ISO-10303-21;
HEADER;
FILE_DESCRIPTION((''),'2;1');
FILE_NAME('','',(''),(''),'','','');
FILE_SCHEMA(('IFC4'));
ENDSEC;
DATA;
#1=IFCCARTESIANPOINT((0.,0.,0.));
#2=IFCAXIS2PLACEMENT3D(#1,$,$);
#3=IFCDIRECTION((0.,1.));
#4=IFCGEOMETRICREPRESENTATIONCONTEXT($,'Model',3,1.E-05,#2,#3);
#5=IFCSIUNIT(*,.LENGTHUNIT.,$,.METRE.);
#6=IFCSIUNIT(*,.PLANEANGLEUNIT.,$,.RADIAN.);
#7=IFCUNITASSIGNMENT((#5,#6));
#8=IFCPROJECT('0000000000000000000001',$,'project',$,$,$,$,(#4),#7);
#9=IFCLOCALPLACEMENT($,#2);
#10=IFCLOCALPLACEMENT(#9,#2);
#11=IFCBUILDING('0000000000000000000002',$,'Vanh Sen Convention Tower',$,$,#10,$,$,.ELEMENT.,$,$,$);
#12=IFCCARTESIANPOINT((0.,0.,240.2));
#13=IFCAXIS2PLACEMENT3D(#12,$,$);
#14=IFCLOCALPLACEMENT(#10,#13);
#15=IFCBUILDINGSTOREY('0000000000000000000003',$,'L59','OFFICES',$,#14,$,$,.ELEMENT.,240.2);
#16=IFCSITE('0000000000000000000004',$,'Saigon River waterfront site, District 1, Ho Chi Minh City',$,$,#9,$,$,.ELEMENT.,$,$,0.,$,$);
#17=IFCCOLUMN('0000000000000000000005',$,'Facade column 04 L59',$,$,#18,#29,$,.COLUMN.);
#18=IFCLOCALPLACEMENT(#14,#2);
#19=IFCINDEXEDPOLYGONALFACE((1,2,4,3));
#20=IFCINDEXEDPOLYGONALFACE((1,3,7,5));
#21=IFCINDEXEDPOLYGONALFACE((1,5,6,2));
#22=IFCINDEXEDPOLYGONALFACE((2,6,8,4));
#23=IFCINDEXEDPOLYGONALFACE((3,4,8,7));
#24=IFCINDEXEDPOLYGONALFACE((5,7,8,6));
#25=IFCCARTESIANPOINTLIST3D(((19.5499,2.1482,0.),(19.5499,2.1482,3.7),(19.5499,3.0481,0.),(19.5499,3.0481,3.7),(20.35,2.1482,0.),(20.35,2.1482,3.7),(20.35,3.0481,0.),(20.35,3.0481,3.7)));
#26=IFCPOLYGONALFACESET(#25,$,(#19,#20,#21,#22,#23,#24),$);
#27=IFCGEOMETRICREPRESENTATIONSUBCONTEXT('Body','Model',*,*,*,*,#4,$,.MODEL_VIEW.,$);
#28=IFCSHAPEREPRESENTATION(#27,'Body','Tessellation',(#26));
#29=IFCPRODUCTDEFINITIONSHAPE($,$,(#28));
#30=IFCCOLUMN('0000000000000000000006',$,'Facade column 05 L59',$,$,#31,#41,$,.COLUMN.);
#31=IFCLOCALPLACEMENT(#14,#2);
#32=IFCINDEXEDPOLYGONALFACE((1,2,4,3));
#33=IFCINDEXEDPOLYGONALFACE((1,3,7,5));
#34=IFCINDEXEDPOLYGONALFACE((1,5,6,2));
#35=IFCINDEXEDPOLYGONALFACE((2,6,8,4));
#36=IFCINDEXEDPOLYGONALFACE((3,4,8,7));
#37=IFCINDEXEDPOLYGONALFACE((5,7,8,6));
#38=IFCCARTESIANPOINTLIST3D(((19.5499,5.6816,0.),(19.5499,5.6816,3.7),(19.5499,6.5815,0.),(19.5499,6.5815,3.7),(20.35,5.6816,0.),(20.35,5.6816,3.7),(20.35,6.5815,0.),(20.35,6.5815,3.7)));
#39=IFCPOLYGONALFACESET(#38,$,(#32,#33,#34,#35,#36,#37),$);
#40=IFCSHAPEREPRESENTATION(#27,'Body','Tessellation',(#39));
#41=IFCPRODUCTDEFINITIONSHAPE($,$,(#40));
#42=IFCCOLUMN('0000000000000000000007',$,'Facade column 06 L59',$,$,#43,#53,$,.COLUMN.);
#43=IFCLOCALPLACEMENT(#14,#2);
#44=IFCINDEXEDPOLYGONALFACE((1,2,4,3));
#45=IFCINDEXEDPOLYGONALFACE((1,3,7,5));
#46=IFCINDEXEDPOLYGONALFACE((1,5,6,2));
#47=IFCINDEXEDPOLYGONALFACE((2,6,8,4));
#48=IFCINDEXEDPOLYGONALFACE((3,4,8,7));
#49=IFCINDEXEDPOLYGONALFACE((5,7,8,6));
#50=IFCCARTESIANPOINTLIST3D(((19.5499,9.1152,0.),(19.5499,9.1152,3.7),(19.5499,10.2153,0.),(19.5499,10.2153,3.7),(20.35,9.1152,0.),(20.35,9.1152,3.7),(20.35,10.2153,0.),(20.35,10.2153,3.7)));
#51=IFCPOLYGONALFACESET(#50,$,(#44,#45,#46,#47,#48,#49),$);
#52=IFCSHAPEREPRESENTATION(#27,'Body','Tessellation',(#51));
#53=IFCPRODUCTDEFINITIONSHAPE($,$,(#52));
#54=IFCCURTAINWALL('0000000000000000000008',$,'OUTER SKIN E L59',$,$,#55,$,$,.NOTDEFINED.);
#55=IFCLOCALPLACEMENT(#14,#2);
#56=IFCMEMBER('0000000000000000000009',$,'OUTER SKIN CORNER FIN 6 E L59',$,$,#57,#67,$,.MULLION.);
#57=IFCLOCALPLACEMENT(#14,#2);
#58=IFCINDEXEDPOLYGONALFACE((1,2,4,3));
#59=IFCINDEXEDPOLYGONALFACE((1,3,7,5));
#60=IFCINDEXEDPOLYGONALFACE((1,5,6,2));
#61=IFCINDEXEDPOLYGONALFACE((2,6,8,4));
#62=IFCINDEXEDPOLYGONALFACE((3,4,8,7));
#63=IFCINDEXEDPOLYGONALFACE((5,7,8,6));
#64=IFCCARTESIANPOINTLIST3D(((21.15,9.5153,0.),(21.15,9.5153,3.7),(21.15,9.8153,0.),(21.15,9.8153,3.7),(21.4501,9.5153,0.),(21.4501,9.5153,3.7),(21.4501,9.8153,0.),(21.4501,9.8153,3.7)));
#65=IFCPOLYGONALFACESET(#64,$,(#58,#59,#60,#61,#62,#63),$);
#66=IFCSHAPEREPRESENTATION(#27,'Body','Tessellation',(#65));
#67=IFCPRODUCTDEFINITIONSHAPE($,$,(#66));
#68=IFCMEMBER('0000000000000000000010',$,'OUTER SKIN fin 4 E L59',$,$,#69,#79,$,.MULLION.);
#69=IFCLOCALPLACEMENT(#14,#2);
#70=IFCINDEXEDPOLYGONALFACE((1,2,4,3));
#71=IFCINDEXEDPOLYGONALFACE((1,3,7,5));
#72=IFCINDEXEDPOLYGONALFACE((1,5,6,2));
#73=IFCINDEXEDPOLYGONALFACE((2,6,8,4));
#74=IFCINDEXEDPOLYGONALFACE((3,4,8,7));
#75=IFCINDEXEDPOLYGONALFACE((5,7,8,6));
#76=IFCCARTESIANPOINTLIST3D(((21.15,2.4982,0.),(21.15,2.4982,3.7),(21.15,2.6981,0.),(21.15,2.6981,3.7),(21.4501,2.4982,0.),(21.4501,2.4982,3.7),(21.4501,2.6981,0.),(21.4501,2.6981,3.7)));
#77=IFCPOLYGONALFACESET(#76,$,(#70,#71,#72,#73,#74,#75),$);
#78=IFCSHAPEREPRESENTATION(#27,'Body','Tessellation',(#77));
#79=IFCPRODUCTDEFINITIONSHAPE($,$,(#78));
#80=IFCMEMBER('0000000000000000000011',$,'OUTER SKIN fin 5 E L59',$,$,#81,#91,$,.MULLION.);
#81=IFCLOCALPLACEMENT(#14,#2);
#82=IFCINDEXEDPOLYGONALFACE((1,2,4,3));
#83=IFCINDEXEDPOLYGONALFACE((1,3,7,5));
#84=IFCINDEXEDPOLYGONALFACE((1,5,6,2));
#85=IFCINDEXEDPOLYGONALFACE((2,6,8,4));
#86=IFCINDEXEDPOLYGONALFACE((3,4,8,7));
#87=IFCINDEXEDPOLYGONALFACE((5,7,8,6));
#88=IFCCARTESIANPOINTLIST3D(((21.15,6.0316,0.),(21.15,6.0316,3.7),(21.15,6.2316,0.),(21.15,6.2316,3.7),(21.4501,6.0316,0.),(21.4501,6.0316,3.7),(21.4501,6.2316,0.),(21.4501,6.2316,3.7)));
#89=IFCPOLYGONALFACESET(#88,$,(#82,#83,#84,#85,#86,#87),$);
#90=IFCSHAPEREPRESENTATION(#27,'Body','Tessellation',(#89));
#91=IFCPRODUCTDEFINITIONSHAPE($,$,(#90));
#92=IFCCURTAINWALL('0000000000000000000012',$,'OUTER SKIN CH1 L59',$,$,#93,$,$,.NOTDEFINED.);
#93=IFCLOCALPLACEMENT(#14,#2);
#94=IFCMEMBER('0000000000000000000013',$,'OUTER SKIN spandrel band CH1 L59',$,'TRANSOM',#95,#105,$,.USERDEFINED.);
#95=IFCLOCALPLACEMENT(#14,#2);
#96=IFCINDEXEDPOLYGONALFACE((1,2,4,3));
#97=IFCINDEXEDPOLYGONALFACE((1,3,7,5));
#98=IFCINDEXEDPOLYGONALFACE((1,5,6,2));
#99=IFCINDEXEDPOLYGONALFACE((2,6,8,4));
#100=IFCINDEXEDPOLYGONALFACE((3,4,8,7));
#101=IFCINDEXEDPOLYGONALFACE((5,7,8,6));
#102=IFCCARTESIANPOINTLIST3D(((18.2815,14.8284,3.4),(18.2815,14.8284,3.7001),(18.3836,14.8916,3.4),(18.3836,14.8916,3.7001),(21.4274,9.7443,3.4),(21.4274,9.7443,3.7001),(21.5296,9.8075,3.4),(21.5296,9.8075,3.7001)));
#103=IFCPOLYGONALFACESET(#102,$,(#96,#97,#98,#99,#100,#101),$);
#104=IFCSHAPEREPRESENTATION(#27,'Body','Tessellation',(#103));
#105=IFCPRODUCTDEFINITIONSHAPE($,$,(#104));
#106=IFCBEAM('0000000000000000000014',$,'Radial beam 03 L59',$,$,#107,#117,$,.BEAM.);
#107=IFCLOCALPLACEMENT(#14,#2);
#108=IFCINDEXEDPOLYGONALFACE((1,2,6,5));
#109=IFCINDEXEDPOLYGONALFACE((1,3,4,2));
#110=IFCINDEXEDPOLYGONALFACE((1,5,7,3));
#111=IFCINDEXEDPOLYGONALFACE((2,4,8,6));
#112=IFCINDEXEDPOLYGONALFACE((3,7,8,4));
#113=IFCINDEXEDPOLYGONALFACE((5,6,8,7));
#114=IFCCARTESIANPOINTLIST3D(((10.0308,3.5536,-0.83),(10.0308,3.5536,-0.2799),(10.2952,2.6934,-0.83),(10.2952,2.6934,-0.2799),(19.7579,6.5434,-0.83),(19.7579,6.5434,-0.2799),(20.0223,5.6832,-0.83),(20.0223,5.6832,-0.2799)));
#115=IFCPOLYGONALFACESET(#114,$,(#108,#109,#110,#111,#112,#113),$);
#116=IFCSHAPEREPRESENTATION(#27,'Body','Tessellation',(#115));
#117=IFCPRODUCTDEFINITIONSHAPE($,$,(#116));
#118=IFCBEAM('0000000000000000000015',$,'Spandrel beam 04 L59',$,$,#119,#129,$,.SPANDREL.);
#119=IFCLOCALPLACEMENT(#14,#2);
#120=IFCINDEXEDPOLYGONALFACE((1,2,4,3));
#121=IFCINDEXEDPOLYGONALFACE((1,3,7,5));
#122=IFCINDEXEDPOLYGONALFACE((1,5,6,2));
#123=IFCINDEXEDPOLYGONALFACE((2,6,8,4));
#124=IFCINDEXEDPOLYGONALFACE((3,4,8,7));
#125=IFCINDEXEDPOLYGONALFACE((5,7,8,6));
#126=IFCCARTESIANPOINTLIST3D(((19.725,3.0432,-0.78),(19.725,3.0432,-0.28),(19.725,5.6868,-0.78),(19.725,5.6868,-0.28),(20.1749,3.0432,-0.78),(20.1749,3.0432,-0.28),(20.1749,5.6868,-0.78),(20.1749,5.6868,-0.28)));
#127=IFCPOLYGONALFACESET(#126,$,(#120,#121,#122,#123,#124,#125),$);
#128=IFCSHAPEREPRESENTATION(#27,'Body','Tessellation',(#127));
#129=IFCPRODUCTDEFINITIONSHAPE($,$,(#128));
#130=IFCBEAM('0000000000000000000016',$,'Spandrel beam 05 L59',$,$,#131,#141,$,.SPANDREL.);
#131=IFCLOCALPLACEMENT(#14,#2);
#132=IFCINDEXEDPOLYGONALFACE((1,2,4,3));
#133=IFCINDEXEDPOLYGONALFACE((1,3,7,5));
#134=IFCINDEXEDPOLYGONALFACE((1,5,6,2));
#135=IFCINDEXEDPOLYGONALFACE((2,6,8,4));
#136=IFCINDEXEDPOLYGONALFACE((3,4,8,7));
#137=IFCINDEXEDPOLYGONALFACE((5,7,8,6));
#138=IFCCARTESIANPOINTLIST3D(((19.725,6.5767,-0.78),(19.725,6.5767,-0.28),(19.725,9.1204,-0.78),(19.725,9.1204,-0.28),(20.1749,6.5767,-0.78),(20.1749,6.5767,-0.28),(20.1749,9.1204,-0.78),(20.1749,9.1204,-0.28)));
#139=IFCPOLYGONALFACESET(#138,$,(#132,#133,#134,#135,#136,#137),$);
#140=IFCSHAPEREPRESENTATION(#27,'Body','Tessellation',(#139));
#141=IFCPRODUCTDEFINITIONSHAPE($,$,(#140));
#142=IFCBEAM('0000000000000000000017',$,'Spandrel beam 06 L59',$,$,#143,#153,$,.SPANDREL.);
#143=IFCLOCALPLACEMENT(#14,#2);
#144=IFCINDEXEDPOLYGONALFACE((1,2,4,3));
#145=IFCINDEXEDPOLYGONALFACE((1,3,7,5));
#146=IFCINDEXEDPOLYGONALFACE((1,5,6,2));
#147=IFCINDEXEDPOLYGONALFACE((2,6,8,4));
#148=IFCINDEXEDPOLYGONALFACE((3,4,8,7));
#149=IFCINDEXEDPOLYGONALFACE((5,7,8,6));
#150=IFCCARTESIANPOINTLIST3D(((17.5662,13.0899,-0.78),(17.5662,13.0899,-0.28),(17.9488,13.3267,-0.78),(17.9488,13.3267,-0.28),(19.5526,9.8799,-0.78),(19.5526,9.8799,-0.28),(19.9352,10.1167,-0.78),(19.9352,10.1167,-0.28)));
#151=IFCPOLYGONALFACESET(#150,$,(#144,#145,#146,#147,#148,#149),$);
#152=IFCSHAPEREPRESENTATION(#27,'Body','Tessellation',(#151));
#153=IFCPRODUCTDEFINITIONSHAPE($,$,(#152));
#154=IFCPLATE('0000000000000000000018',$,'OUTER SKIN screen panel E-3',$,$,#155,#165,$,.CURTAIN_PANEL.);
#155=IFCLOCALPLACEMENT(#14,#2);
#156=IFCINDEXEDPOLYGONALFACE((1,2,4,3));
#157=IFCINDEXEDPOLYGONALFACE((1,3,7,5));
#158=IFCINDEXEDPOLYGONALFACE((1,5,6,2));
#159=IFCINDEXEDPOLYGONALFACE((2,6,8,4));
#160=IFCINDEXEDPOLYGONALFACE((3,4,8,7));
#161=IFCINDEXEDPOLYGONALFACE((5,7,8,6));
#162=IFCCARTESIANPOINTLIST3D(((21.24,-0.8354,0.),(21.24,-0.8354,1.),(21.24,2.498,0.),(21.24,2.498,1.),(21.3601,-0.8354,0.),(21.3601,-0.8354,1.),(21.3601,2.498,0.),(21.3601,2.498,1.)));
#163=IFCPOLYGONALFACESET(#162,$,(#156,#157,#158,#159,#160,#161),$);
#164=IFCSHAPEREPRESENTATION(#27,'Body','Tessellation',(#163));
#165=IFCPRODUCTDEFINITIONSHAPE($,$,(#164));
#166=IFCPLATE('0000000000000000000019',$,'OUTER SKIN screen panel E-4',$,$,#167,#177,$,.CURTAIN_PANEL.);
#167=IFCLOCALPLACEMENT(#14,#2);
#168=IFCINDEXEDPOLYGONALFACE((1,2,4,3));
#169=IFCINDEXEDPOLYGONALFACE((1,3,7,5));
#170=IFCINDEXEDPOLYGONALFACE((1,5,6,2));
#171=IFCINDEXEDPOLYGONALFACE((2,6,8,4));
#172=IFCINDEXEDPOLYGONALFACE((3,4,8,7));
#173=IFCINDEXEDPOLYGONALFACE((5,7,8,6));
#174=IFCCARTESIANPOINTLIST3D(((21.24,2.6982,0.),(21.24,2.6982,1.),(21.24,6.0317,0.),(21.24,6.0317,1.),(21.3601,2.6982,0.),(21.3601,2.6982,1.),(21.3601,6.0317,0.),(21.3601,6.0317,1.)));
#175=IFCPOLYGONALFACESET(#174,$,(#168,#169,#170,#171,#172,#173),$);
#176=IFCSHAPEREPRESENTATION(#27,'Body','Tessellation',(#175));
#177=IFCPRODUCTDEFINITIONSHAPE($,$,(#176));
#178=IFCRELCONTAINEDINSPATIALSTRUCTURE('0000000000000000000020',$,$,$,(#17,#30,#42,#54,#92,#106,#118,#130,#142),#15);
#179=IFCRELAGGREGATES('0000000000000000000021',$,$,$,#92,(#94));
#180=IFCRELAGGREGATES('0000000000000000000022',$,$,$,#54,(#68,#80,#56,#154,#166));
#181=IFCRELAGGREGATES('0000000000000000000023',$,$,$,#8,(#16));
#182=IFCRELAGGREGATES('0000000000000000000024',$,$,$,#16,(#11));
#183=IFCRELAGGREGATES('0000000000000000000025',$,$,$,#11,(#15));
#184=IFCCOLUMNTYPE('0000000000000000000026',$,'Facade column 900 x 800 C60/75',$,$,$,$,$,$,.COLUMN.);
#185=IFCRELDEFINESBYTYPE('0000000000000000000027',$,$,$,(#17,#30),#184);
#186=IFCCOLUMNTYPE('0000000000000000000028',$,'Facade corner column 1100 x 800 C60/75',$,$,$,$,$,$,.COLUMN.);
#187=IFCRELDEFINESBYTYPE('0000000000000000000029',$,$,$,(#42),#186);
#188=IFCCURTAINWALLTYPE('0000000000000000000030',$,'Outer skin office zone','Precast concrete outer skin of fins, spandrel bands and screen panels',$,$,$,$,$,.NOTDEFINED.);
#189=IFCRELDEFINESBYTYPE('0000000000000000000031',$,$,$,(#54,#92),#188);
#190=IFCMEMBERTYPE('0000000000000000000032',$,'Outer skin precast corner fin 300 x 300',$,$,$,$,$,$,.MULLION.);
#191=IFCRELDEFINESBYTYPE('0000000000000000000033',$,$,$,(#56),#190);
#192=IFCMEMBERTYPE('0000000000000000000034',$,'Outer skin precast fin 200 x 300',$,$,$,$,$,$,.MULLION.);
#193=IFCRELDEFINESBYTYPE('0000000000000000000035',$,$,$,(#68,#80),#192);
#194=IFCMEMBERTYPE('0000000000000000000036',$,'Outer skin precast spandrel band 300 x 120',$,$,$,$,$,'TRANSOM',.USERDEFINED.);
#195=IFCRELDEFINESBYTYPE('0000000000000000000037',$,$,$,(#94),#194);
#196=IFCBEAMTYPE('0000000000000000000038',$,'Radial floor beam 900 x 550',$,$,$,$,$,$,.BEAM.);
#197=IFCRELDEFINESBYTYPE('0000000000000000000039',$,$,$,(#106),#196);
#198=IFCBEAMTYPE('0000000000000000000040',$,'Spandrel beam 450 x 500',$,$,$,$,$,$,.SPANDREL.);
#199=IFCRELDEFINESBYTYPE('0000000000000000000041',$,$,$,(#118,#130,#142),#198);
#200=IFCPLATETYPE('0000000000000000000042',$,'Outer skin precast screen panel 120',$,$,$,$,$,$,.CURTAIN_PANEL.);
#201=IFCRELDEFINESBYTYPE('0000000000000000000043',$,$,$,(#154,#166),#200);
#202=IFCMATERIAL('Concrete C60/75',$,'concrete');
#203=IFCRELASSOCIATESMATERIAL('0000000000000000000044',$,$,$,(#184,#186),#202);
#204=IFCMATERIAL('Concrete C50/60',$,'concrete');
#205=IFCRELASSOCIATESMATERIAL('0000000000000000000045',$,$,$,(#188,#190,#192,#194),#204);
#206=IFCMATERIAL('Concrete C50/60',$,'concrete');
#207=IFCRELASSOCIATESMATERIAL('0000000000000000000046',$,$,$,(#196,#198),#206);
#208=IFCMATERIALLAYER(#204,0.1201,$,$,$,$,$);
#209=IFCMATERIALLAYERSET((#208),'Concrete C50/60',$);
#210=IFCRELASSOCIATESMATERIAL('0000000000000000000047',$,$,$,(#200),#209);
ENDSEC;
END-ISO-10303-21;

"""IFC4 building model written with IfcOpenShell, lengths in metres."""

from ifc_helpers import new_model, si_unit, direction, frame, origin, origin_2d, place, context, subcontext, project, spatial, rectangle, extrude, material, layer, layer_set, material_profile, profile_set, type_object, element, aggregate, save


model = new_model("IFC4")

# Units and contexts
model_context = context("Model", 3, precision=1e-05, world=origin(), true_north=direction((0.0, 1.0)))
body_context = subcontext(model_context, "Body", "Model", "MODEL_VIEW")
ifc_project = project(units=[si_unit("LENGTHUNIT", "METRE"), si_unit("PLANEANGLEUNIT", "RADIAN")], contexts=[model_context])

# Site, building, storey
site_placement = place(None, origin())
site = spatial("IfcSite", under=ifc_project, at=site_placement, Name="Saigon River waterfront site, District 1, Ho Chi Minh City", CompositionType="ELEMENT", RefElevation=0.0)
building_placement = place(site_placement, origin())
building = spatial("IfcBuilding", under=site, at=building_placement, Name="Vanh Sen Convention Tower", CompositionType="ELEMENT")
storey_placement = place(building_placement, frame((0.0, 0.0, 240.2)))
storey = spatial("IfcBuildingStorey", under=building, at=storey_placement, Name="L59", Description="OFFICES", CompositionType="ELEMENT", Elevation=240.2)

# Columns
ifc_material_1 = material(Name="Concrete C60/75", Category="concrete")
ifc_material_profile_1 = material_profile(ifc_material_1, rectangle(XDim=0.8999, YDim=0.8, at=origin_2d()), Name="RC 900X800")
ifc_profile_set_1 = profile_set([ifc_material_profile_1], Name="Concrete C60/75")
column_type_1 = type_object("IfcColumnType", Name="Facade column 900 x 800 C60/75", PredefinedType="COLUMN", material=ifc_profile_set_1)
for number, where, z_axis, x_axis, name in (
    (1, (19.95, 2.5981, 0.0), (0.0, 0.0, 1.0), (0.0, 1.0, 0.0), "Facade column 04 L59"),
    (2, (19.95, 6.1316, 0.0), (0.0, 0.0, 1.0), (0.0, 1.0, 0.0), "Facade column 05 L59"),
):
    element("IfcColumn", number, at=place(storey_placement, frame(where, z_axis=z_axis, x_axis=x_axis)), inside=storey, type_object=column_type_1, Name=name, PredefinedType="COLUMN", context=body_context, shape_type="SweptSolid", body=[
        extrude(rectangle(XDim=0.8999, YDim=0.8, at=origin_2d()), origin(), (0.0, 0.0, 1.0), 3.7),
    ])
ifc_material_profile_2 = material_profile(ifc_material_1, rectangle(XDim=1.1001, YDim=0.8, at=origin_2d()), Name="RC 1100X800")
ifc_profile_set_2 = profile_set([ifc_material_profile_2], Name="Concrete C60/75")
column_type_2 = type_object("IfcColumnType", Name="Facade corner column 1100 x 800 C60/75", PredefinedType="COLUMN", material=ifc_profile_set_2)
column_placement = place(storey_placement, frame((19.95, 9.6653, 0.0), z_axis=(0.0, 0.0, 1.0), x_axis=(0.0, 1.0, 0.0)))
element("IfcColumn", 3, at=column_placement, inside=storey, type_object=column_type_2, Name="Facade column 06 L59", PredefinedType="COLUMN", context=body_context, shape_type="SweptSolid", body=[
    extrude(rectangle(XDim=1.1001, YDim=0.8, at=origin_2d()), origin(), (0.0, 0.0, 1.0), 3.7),
])

# Curtain wall, members
ifc_material_2 = material(Name="Concrete C50/60", Category="concrete")
curtain_wall_type = type_object("IfcCurtainWallType", Name="Outer skin office zone", Description="Precast concrete outer skin of fins, spandrel bands and screen panels", PredefinedType="NOTDEFINED", material=ifc_material_2)
curtain_wall_1_placement = place(storey_placement, origin())
curtain_wall_1 = element("IfcCurtainWall", 4, at=curtain_wall_1_placement, inside=storey, type_object=curtain_wall_type, Name="OUTER SKIN E L59", PredefinedType="NOTDEFINED")
ifc_material_profile_3 = material_profile(ifc_material_2, rectangle(XDim=0.3, YDim=0.3, at=origin_2d()), Name="Outer skin precast corner fin 300 x 300")
ifc_profile_set_3 = profile_set([ifc_material_profile_3], Name="Concrete C50/60")
member_type_1 = type_object("IfcMemberType", Name="Outer skin precast corner fin 300 x 300", PredefinedType="MULLION", material=ifc_profile_set_3)
member_1_placement = place(storey_placement, frame((21.3, 9.6653, 0.0), z_axis=(0.0, 0.0, 1.0), x_axis=(0.0, 1.0, 0.0)))
member_1 = element("IfcMember", 5, at=member_1_placement, type_object=member_type_1, Name="OUTER SKIN CORNER FIN 6 E L59", PredefinedType="MULLION", context=body_context, shape_type="SweptSolid", body=[
    extrude(rectangle(XDim=0.3, YDim=0.3, at=origin_2d()), origin(), (0.0, 0.0, 1.0), 3.7),
])
ifc_material_profile_4 = material_profile(ifc_material_2, rectangle(XDim=0.2, YDim=0.3, at=origin_2d()), Name="Outer skin precast fin 200 x 300")
ifc_profile_set_4 = profile_set([ifc_material_profile_4], Name="Concrete C50/60")
member_type_2 = type_object("IfcMemberType", Name="Outer skin precast fin 200 x 300", PredefinedType="MULLION", material=ifc_profile_set_4)
member_2_placement = place(storey_placement, frame((21.3, 2.5981, 0.0), z_axis=(0.0, 0.0, 1.0), x_axis=(0.0, 1.0, 0.0)))
member_2 = element("IfcMember", 6, at=member_2_placement, type_object=member_type_2, Name="OUTER SKIN fin 4 E L59", PredefinedType="MULLION", context=body_context, shape_type="SweptSolid", body=[
    extrude(rectangle(XDim=0.2, YDim=0.3, at=origin_2d()), origin(), (0.0, 0.0, 1.0), 3.7),
])
member_3_placement = place(storey_placement, frame((21.3, 6.1316, 0.0), z_axis=(0.0, 0.0, 1.0), x_axis=(0.0, 1.0, 0.0)))
member_3 = element("IfcMember", 7, at=member_3_placement, type_object=member_type_2, Name="OUTER SKIN fin 5 E L59", PredefinedType="MULLION", context=body_context, shape_type="SweptSolid", body=[
    extrude(rectangle(XDim=0.2, YDim=0.3, at=origin_2d()), origin(), (0.0, 0.0, 1.0), 3.7),
])

# Curtain wall, member
curtain_wall_2_placement = place(storey_placement, origin())
curtain_wall_2 = element("IfcCurtainWall", 8, at=curtain_wall_2_placement, inside=storey, type_object=curtain_wall_type, Name="OUTER SKIN CH1 L59", PredefinedType="NOTDEFINED")
ifc_material_profile_5 = material_profile(ifc_material_2, rectangle(XDim=0.1201, YDim=0.3, at=origin_2d()), Name="Outer skin precast spandrel band 300 x 120")
ifc_profile_set_5 = profile_set([ifc_material_profile_5], Name="Concrete C50/60")
member_type_3 = type_object("IfcMemberType", Name="Outer skin precast spandrel band 300 x 120", ElementType="TRANSOM", PredefinedType="USERDEFINED", material=ifc_profile_set_5)
member_4_placement = place(storey_placement, frame((21.4785, 9.7759, 3.55), z_axis=(-0.526187, 0.850369, 0.0), x_axis=(-0.850369, -0.526187, 0.0)))
member_4 = element("IfcMember", 9, at=member_4_placement, type_object=member_type_3, Name="OUTER SKIN spandrel band CH1 L59", ObjectType="TRANSOM", PredefinedType="USERDEFINED", context=body_context, shape_type="SweptSolid", body=[
    extrude(rectangle(XDim=0.1201, YDim=0.3, at=origin_2d()), origin(), (0.0, 0.0, 1.0), 5.9788),
])
aggregate(curtain_wall_2, [member_4])

# Beams
ifc_material_3 = material(Name="Concrete C50/60", Category="concrete")
ifc_material_profile_6 = material_profile(ifc_material_3, rectangle(XDim=0.8999, YDim=0.55, at=origin_2d()), Name="RC 900X550")
ifc_profile_set_6 = profile_set([ifc_material_profile_6], Name="Concrete C50/60")
beam_type_1 = type_object("IfcBeamType", Name="Radial floor beam 900 x 550", PredefinedType="BEAM", material=ifc_profile_set_6)
beam_1_placement = place(storey_placement, frame((19.8901, 6.1133, -0.5549), z_axis=(-0.955867, -0.293799, 0.0), x_axis=(0.293799, -0.955867, 0.0)))
element("IfcBeam", 10, at=beam_1_placement, inside=storey, type_object=beam_type_1, Name="Radial beam 03 L59", PredefinedType="BEAM", context=body_context, shape_type="SweptSolid", body=[
    extrude(rectangle(XDim=0.8999, YDim=0.55, at=origin_2d()), origin(), (0.0, 0.0, 1.0), 10.1763),
])
ifc_material_profile_7 = material_profile(ifc_material_3, rectangle(XDim=0.45, YDim=0.5, at=origin_2d()), Name="RC 450X500")
ifc_profile_set_7 = profile_set([ifc_material_profile_7], Name="Concrete C50/60")
beam_type_2 = type_object("IfcBeamType", Name="Spandrel beam 450 x 500", PredefinedType="SPANDREL", material=ifc_profile_set_7)
beam_2_placement = place(storey_placement, frame((19.95, 3.0432, -0.53), z_axis=(0.0, 1.0, 0.0), x_axis=(-1.0, 0.0, 0.0)))
element("IfcBeam", 11, at=beam_2_placement, inside=storey, type_object=beam_type_2, Name="Spandrel beam 04 L59", PredefinedType="SPANDREL", context=body_context, shape_type="SweptSolid", body=[
    extrude(rectangle(XDim=0.45, YDim=0.5, at=origin_2d()), origin(), (0.0, 0.0, 1.0), 2.6436),
])
beam_3_placement = place(storey_placement, frame((19.95, 6.5767, -0.53), z_axis=(0.0, 1.0, 0.0), x_axis=(-1.0, 0.0, 0.0)))
element("IfcBeam", 12, at=beam_3_placement, inside=storey, type_object=beam_type_2, Name="Spandrel beam 05 L59", PredefinedType="SPANDREL", context=body_context, shape_type="SweptSolid", body=[
    extrude(rectangle(XDim=0.45, YDim=0.5, at=origin_2d()), origin(), (0.0, 0.0, 1.0), 2.5437),
])
beam_4_placement = place(storey_placement, frame((19.7439, 9.9983, -0.53), z_axis=(-0.526203, 0.850359, 0.0), x_axis=(-0.850359, -0.526203, 0.0)))
element("IfcBeam", 13, at=beam_4_placement, inside=storey, type_object=beam_type_2, Name="Spandrel beam 06 L59", PredefinedType="SPANDREL", context=body_context, shape_type="SweptSolid", body=[
    extrude(rectangle(XDim=0.45, YDim=0.5, at=origin_2d()), origin(), (0.0, 0.0, 1.0), 3.7749),
])

# Plates
ifc_layer_1 = layer(ifc_material_2, 0.1201)
ifc_layer_set_1 = layer_set([ifc_layer_1], Name="Concrete C50/60")
plate_type = type_object("IfcPlateType", Name="Outer skin precast screen panel 120", PredefinedType="CURTAIN_PANEL", material=ifc_layer_set_1)
plate_1_placement = place(storey_placement, frame((21.3, 0.8313, 0.0), z_axis=(0.0, 0.0, 1.0), x_axis=(0.0, 1.0, 0.0)))
plate_1 = element("IfcPlate", 14, at=plate_1_placement, type_object=plate_type, Name="OUTER SKIN screen panel E-3", PredefinedType="CURTAIN_PANEL", context=body_context, shape_type="SweptSolid", body=[
    extrude(rectangle(XDim=3.3335, YDim=0.1201, at=origin_2d()), origin(), (0.0, 0.0, 1.0), 1.0),
])
plate_2_placement = place(storey_placement, frame((21.3, 4.365, 0.0), z_axis=(0.0, 0.0, 1.0), x_axis=(0.0, 1.0, 0.0)))
plate_2 = element("IfcPlate", 15, at=plate_2_placement, type_object=plate_type, Name="OUTER SKIN screen panel E-4", PredefinedType="CURTAIN_PANEL", context=body_context, shape_type="SweptSolid", body=[
    extrude(rectangle(XDim=3.3335, YDim=0.1201, at=origin_2d()), origin(), (0.0, 0.0, 1.0), 1.0),
])
aggregate(curtain_wall_1, [member_2, member_3, member_1, plate_1, plate_2])

save(model, "model.ifc")
